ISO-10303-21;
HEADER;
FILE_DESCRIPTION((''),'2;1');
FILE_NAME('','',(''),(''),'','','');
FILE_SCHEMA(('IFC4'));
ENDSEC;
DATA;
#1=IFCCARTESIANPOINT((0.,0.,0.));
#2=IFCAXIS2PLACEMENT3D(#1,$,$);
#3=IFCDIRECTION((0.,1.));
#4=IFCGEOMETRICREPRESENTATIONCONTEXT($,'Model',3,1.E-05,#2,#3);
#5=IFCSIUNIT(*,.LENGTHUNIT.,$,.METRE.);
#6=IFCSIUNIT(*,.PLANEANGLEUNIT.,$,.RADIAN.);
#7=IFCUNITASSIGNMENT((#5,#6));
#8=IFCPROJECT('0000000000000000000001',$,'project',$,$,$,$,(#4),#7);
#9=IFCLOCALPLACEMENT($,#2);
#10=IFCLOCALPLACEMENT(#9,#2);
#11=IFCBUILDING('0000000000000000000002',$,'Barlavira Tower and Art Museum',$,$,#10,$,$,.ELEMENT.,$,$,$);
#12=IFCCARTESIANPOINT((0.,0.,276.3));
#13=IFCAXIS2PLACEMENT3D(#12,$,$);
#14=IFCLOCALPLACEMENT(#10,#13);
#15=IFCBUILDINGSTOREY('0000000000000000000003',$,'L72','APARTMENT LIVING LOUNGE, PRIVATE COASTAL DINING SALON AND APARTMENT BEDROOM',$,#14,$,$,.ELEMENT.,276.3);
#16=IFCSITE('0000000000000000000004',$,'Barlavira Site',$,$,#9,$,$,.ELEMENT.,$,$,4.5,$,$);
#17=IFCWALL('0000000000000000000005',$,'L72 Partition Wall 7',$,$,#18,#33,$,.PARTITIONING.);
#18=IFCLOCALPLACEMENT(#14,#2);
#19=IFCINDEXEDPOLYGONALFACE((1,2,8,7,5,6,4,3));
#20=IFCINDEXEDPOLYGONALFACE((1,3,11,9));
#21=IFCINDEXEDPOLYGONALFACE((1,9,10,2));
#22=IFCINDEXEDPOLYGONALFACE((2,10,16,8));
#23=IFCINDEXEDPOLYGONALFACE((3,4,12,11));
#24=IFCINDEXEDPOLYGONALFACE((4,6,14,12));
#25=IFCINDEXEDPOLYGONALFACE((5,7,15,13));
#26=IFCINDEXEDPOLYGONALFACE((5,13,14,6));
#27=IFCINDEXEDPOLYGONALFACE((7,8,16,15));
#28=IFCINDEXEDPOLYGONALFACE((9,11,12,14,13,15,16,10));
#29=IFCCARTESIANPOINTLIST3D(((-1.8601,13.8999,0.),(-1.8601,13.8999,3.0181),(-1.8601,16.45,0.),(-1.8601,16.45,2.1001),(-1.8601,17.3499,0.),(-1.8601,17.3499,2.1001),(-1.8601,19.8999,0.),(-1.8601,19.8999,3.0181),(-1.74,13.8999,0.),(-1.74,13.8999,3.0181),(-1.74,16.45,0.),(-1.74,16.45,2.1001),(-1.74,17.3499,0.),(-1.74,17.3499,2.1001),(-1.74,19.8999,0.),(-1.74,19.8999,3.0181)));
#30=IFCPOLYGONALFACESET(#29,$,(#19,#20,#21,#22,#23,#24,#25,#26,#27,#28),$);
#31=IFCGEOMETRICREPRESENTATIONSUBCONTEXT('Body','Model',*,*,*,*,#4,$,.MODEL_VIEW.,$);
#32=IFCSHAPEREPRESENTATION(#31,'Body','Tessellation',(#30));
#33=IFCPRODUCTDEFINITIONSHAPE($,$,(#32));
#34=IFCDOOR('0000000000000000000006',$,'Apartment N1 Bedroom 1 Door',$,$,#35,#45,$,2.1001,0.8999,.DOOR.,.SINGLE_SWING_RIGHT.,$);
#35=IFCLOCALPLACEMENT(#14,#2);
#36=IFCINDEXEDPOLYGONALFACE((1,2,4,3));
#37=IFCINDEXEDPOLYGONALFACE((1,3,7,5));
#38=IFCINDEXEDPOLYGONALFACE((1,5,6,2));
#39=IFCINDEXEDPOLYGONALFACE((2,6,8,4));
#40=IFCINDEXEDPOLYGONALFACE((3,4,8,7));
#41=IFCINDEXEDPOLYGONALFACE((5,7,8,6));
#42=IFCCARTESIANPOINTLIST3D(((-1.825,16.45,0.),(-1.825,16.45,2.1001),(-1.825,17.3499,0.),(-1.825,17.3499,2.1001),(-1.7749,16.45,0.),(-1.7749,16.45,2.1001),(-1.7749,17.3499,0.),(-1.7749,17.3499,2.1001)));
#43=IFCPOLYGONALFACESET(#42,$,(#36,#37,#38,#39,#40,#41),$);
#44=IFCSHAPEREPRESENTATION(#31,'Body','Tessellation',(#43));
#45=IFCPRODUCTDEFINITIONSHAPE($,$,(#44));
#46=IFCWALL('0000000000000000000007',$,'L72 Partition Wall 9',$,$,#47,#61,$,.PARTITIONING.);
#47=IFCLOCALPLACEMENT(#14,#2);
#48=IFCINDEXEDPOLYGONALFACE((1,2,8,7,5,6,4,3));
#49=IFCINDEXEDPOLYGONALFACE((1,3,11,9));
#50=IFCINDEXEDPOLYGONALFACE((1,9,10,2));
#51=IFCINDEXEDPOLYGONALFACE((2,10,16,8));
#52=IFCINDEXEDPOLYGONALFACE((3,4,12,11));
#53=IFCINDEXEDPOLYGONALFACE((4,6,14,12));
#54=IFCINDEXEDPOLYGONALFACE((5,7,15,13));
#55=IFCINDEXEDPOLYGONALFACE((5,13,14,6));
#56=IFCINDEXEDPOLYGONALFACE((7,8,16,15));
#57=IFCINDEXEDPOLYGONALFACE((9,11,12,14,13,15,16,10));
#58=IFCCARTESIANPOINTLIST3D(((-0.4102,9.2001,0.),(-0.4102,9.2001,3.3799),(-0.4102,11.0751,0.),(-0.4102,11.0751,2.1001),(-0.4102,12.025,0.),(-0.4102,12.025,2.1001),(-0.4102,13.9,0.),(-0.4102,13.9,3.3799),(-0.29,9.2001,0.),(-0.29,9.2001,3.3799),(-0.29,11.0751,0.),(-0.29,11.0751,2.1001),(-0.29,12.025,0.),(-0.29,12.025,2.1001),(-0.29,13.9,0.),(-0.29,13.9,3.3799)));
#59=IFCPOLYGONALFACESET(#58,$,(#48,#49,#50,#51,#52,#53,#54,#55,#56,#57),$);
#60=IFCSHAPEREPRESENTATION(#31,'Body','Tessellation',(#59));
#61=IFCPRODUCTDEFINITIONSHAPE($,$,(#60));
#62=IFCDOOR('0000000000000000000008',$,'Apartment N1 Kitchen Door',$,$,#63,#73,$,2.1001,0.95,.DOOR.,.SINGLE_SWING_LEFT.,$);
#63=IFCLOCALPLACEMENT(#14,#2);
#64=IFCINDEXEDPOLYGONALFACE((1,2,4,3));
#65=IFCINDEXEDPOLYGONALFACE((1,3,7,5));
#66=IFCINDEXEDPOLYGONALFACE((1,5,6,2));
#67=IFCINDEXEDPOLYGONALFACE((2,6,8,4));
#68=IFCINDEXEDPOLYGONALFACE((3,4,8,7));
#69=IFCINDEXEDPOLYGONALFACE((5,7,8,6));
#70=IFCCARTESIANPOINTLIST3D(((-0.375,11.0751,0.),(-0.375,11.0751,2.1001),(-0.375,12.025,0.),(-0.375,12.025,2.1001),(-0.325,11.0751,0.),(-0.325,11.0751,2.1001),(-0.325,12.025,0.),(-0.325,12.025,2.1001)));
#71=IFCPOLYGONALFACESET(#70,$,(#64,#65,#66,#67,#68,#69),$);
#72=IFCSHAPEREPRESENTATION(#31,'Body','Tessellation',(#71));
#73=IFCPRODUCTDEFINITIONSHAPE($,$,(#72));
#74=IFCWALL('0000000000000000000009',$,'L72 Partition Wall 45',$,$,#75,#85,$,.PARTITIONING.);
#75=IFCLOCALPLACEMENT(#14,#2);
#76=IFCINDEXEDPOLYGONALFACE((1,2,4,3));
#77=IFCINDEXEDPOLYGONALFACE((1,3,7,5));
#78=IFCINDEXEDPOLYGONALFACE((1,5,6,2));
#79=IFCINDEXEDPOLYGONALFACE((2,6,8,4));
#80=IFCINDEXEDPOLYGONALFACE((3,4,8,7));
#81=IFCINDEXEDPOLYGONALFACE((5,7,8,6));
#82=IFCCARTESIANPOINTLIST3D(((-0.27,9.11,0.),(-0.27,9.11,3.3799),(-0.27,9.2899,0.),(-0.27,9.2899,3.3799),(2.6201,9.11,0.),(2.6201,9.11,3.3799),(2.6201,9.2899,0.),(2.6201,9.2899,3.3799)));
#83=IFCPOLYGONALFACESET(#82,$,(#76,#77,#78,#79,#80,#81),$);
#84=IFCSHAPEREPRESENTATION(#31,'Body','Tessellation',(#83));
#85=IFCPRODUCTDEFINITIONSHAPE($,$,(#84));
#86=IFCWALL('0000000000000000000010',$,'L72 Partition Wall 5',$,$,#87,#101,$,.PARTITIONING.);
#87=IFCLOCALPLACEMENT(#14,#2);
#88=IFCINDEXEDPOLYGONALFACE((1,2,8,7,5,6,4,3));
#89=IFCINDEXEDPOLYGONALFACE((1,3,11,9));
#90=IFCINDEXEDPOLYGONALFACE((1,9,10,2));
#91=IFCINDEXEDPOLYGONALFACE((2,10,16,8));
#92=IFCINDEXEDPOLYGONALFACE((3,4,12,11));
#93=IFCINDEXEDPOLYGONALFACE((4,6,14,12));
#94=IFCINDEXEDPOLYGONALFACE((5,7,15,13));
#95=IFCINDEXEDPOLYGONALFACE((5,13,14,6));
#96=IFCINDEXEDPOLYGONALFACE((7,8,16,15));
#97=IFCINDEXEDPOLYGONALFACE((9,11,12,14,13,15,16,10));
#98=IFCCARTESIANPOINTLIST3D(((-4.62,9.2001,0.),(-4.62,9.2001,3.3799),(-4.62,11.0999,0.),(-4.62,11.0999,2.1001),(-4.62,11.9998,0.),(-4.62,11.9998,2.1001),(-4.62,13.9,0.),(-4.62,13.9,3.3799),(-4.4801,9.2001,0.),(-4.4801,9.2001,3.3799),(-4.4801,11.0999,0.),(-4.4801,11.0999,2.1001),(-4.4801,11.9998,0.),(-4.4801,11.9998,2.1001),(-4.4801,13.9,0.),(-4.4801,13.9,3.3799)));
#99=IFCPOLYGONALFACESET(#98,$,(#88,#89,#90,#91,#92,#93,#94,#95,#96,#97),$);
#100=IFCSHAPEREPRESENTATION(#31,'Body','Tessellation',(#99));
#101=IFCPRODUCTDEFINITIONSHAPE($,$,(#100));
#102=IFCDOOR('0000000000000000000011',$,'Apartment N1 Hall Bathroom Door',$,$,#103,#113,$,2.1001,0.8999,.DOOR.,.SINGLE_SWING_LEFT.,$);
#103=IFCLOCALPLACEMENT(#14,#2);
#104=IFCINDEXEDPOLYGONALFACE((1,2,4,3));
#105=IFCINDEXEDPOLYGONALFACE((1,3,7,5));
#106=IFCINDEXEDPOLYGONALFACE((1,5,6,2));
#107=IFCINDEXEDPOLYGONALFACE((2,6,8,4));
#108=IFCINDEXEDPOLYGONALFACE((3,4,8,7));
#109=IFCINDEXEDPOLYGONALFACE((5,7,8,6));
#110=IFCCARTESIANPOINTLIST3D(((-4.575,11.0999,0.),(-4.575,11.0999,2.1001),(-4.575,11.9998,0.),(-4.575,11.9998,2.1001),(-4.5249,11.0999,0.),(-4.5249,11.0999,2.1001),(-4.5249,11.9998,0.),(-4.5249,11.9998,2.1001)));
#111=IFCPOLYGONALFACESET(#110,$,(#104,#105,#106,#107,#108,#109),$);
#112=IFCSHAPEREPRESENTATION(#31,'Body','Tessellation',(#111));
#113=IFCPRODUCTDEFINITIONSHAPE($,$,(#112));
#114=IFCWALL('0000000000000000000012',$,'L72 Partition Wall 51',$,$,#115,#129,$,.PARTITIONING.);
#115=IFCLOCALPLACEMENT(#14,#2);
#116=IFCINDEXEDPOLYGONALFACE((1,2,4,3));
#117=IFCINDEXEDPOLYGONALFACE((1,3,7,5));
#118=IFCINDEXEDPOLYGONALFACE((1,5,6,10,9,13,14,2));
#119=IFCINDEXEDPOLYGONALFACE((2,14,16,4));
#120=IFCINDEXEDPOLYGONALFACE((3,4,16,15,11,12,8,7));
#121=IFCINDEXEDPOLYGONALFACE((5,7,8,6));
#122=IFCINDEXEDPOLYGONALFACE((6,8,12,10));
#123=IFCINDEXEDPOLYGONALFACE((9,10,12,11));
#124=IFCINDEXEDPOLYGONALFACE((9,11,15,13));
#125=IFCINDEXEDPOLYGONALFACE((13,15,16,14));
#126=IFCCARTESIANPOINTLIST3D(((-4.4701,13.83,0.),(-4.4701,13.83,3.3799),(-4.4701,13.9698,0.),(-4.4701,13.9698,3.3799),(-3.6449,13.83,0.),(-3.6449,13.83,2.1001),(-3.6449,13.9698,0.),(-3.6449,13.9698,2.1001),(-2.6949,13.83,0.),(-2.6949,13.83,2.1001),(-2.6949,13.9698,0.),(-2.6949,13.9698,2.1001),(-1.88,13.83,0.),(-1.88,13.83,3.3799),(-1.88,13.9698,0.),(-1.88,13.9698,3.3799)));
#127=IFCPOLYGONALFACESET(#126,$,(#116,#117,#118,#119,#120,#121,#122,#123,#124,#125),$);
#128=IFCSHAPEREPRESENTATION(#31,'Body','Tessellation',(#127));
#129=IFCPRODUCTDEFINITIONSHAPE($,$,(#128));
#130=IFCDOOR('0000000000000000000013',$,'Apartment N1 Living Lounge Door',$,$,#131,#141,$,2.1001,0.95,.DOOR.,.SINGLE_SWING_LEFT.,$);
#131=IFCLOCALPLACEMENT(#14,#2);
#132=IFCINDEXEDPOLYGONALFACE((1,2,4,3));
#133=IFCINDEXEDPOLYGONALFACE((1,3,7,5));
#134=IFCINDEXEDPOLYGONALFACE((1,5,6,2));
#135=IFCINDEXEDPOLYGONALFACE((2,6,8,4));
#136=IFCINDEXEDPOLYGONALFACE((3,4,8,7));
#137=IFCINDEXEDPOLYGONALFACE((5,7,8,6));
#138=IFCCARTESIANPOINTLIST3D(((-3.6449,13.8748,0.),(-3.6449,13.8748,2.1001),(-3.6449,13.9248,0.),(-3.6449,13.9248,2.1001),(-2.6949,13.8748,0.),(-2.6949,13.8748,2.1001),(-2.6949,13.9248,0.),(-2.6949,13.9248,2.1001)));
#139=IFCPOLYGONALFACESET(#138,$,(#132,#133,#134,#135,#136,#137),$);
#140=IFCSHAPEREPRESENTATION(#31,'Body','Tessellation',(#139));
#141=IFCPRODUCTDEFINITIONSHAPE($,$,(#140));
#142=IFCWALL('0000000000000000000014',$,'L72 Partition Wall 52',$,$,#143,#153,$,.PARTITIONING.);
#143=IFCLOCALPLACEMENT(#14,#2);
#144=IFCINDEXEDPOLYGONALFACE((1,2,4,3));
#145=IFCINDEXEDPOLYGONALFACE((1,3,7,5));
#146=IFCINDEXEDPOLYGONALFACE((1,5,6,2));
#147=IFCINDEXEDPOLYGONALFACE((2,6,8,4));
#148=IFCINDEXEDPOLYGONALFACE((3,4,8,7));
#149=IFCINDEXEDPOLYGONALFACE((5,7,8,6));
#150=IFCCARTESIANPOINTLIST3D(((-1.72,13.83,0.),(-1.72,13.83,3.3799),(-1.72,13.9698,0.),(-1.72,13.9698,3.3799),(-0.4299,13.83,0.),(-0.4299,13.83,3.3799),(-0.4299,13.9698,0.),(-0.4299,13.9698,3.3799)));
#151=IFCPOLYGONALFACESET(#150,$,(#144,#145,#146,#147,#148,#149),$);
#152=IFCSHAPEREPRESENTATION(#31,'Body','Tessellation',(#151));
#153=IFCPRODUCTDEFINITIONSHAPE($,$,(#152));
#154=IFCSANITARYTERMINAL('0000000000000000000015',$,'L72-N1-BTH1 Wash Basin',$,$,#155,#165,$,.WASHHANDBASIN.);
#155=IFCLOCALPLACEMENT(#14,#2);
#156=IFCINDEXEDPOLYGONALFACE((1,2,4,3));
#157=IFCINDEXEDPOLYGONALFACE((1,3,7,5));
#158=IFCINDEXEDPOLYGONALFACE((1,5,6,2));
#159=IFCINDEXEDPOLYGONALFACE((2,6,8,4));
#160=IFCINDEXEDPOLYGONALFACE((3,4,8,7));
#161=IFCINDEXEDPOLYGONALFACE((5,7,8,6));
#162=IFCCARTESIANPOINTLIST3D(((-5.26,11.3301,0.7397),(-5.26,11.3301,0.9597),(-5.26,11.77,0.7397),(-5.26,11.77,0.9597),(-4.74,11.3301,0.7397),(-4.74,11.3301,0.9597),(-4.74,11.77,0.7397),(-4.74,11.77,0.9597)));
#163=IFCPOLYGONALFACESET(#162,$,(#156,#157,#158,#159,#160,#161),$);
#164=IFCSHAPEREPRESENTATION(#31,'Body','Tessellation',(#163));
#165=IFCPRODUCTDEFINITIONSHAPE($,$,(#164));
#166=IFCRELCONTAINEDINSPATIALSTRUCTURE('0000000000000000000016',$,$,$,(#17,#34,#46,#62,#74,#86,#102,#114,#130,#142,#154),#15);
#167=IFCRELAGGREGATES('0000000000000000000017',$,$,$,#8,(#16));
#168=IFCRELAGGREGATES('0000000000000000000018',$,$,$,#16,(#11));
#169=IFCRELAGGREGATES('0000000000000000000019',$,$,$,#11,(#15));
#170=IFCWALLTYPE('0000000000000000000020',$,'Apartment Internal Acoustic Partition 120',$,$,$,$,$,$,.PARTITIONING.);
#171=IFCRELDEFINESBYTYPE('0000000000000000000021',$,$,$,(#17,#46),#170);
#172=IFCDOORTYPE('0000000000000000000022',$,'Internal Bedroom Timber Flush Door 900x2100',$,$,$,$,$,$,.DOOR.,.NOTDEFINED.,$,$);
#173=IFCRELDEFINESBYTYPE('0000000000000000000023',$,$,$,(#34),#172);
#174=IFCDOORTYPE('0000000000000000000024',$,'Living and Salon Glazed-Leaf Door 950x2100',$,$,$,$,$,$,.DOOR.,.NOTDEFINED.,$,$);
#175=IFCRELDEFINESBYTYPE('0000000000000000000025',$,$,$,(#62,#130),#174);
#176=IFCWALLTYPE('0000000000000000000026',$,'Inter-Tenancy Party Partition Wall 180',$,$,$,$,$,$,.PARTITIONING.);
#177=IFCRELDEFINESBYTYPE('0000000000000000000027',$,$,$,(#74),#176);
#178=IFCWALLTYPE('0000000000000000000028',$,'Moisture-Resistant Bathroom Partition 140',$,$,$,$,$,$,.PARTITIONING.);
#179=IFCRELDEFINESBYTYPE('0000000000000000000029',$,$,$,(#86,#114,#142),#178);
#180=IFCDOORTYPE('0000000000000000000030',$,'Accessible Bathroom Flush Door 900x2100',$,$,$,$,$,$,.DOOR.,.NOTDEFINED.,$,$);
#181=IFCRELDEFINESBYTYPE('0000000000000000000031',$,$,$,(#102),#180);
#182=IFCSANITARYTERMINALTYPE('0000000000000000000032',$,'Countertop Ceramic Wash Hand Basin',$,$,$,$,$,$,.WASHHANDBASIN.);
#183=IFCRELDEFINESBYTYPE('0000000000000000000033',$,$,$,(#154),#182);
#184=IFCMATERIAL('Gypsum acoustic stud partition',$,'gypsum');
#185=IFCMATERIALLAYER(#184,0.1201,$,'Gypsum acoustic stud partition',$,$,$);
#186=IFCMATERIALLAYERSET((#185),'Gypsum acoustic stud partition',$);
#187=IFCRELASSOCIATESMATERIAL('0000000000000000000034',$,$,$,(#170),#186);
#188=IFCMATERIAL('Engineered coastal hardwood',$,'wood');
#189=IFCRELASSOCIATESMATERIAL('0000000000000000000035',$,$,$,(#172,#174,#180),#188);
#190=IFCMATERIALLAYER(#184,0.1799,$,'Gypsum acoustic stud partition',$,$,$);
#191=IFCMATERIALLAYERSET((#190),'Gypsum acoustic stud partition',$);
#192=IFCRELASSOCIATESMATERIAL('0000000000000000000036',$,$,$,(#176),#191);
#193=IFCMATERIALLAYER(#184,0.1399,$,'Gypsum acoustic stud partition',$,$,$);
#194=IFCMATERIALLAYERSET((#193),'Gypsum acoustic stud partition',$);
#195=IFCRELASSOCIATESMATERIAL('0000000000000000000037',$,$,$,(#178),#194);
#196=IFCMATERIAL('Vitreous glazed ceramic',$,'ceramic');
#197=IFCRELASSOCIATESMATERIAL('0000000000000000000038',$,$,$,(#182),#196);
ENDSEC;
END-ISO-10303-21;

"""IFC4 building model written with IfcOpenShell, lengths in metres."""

from ifc_helpers import new_model, si_unit, direction, frame, frame_2d, origin, origin_2d, place, context, subcontext, project, spatial, rectangle, extrude, material, layer, layer_set, type_object, element, fill, save


model = new_model("IFC4")

# Units and contexts
model_context = context("Model", 3, precision=1e-05, world=origin(), true_north=direction((0.0, 1.0)))
body_context = subcontext(model_context, "Body", "Model", "MODEL_VIEW")
ifc_project = project(units=[si_unit("LENGTHUNIT", "METRE"), si_unit("PLANEANGLEUNIT", "RADIAN")], contexts=[model_context])

# Site, building, storey
site_placement = place(None, origin())
site = spatial("IfcSite", under=ifc_project, at=site_placement, Name="Barlavira Site", CompositionType="ELEMENT", RefElevation=4.5)
building_placement = place(site_placement, origin())
building = spatial("IfcBuilding", under=site, at=building_placement, Name="Barlavira Tower and Art Museum", CompositionType="ELEMENT")
storey_placement = place(building_placement, frame((0.0, 0.0, 276.3)))
storey = spatial("IfcBuildingStorey", under=building, at=storey_placement, Name="L72", Description="APARTMENT LIVING LOUNGE, PRIVATE COASTAL DINING SALON AND APARTMENT BEDROOM", CompositionType="ELEMENT", Elevation=276.3)

# Walls, openings, doors
ifc_material_1 = material(Name="Gypsum acoustic stud partition", Category="gypsum")
ifc_layer_1 = layer(ifc_material_1, 0.1201, Name="Gypsum acoustic stud partition")
ifc_layer_set_1 = layer_set([ifc_layer_1], Name="Gypsum acoustic stud partition")
wall_type_1 = type_object("IfcWallType", Name="Apartment Internal Acoustic Partition 120", PredefinedType="PARTITIONING", material=ifc_layer_set_1)
wall_1_placement = place(storey_placement, frame((-1.8, 13.8999, 0.0), z_axis=(0.0, 0.0, 1.0), x_axis=(0.0, 1.0, 0.0)))
wall_1 = element("IfcWall", 1, at=wall_1_placement, inside=storey, type_object=wall_type_1, Name="L72 Partition Wall 7", PredefinedType="PARTITIONING", context=body_context, shape_type="SweptSolid", body=[
    extrude(rectangle(XDim=6.0, YDim=0.1201, at=frame_2d((3.0, 0.0))), origin(), (0.0, 0.0, 1.0), 3.0181),
])
opening_1_placement = place(wall_1_placement, frame((2.55, 0.0, 0.0)))
opening_1 = element("IfcOpeningElement", 2, at=opening_1_placement, cuts=wall_1, PredefinedType="OPENING", context=body_context, shape_type="SweptSolid", body=[
    extrude(rectangle(XDim=0.8999, YDim=2.1001, at=frame_2d((0.45, 1.05))), frame((0.0, 0.0701, 0.0), z_axis=(0.0, -1.0, 0.0), x_axis=(1.0, 0.0, 0.0)), (0.0, 0.0, 1.0), 0.1401),
])
ifc_material_2 = material(Name="Engineered coastal hardwood", Category="wood")
door_type_1 = type_object("IfcDoorType", Name="Internal Bedroom Timber Flush Door 900x2100", OperationType="NOTDEFINED", PredefinedType="DOOR", material=ifc_material_2)
door_1_placement = place(opening_1_placement, origin())
door_1 = element("IfcDoor", 3, at=door_1_placement, inside=storey, type_object=door_type_1, Name="Apartment N1 Bedroom 1 Door", OperationType="SINGLE_SWING_RIGHT", OverallHeight=2.1001, OverallWidth=0.8999, PredefinedType="DOOR", context=body_context, shape_type="SweptSolid", body=[
    extrude(rectangle(XDim=0.8999, YDim=2.1001, at=frame_2d((0.45, 1.05))), frame((0.0, 0.0249, 0.0), z_axis=(0.0, -1.0, 0.0), x_axis=(1.0, 0.0, 0.0)), (0.0, 0.0, 1.0), 0.05),
])
fill(opening_1, door_1)
wall_2_placement = place(storey_placement, frame((-0.3501, 9.2, 0.0), z_axis=(0.0, 0.0, 1.0), x_axis=(0.0, 1.0, 0.0)))
wall_2 = element("IfcWall", 4, at=wall_2_placement, inside=storey, type_object=wall_type_1, Name="L72 Partition Wall 9", PredefinedType="PARTITIONING", context=body_context, shape_type="SweptSolid", body=[
    extrude(rectangle(XDim=4.7, YDim=0.1201, at=frame_2d((2.3501, 0.0))), origin(), (0.0, 0.0, 1.0), 3.3799),
])
opening_2_placement = place(wall_2_placement, frame((1.875, 0.0, 0.0)))
opening_2 = element("IfcOpeningElement", 5, at=opening_2_placement, cuts=wall_2, PredefinedType="OPENING", context=body_context, shape_type="SweptSolid", body=[
    extrude(rectangle(XDim=0.95, YDim=2.1001, at=frame_2d((0.4751, 1.05))), frame((0.0, 0.0701, 0.0), z_axis=(0.0, -1.0, 0.0), x_axis=(1.0, 0.0, 0.0)), (0.0, 0.0, 1.0), 0.1401),
])
door_type_2 = type_object("IfcDoorType", Name="Living and Salon Glazed-Leaf Door 950x2100", OperationType="NOTDEFINED", PredefinedType="DOOR", material=ifc_material_2)
door_2_placement = place(opening_2_placement, origin())
door_2 = element("IfcDoor", 6, at=door_2_placement, inside=storey, type_object=door_type_2, Name="Apartment N1 Kitchen Door", OperationType="SINGLE_SWING_LEFT", OverallHeight=2.1001, OverallWidth=0.95, PredefinedType="DOOR", context=body_context, shape_type="SweptSolid", body=[
    extrude(rectangle(XDim=0.95, YDim=2.1001, at=frame_2d((0.4751, 1.05))), frame((0.0, 0.0249, 0.0), z_axis=(0.0, -1.0, 0.0), x_axis=(1.0, 0.0, 0.0)), (0.0, 0.0, 1.0), 0.05),
])
fill(opening_2, door_2)
ifc_layer_2 = layer(ifc_material_1, 0.1799, Name="Gypsum acoustic stud partition")
ifc_layer_set_2 = layer_set([ifc_layer_2], Name="Gypsum acoustic stud partition")
wall_type_2 = type_object("IfcWallType", Name="Inter-Tenancy Party Partition Wall 180", PredefinedType="PARTITIONING", material=ifc_layer_set_2)

# Wall
wall_3_placement = place(storey_placement, frame((-0.27, 9.2, 0.0), z_axis=(0.0, 0.0, 1.0), x_axis=(1.0, 0.0, 0.0)))
element("IfcWall", 7, at=wall_3_placement, inside=storey, type_object=wall_type_2, Name="L72 Partition Wall 45", PredefinedType="PARTITIONING", context=body_context, shape_type="SweptSolid", body=[
    extrude(rectangle(XDim=2.8901, YDim=0.1799, at=frame_2d((1.4451, 0.0))), origin(), (0.0, 0.0, 1.0), 3.3799),
])

# Walls, openings, doors
ifc_layer_3 = layer(ifc_material_1, 0.1399, Name="Gypsum acoustic stud partition")
ifc_layer_set_3 = layer_set([ifc_layer_3], Name="Gypsum acoustic stud partition")
wall_type_3 = type_object("IfcWallType", Name="Moisture-Resistant Bathroom Partition 140", PredefinedType="PARTITIONING", material=ifc_layer_set_3)
wall_4_placement = place(storey_placement, frame((-4.55, 9.2, 0.0), z_axis=(0.0, 0.0, 1.0), x_axis=(0.0, 1.0, 0.0)))
wall_4 = element("IfcWall", 8, at=wall_4_placement, inside=storey, type_object=wall_type_3, Name="L72 Partition Wall 5", PredefinedType="PARTITIONING", context=body_context, shape_type="SweptSolid", body=[
    extrude(rectangle(XDim=4.7, YDim=0.1399, at=frame_2d((2.3501, 0.0))), origin(), (0.0, 0.0, 1.0), 3.3799),
])
opening_3_placement = place(wall_4_placement, frame((1.8999, 0.0, 0.0)))
opening_3 = element("IfcOpeningElement", 9, at=opening_3_placement, cuts=wall_4, PredefinedType="OPENING", context=body_context, shape_type="SweptSolid", body=[
    extrude(rectangle(XDim=0.8999, YDim=2.1001, at=frame_2d((0.45, 1.05))), frame((0.0, 0.0801, 0.0), z_axis=(0.0, -1.0, 0.0), x_axis=(1.0, 0.0, 0.0)), (0.0, 0.0, 1.0), 0.1599),
])
door_type_3 = type_object("IfcDoorType", Name="Accessible Bathroom Flush Door 900x2100", OperationType="NOTDEFINED", PredefinedType="DOOR", material=ifc_material_2)
door_3_placement = place(opening_3_placement, origin())
door_3 = element("IfcDoor", 10, at=door_3_placement, inside=storey, type_object=door_type_3, Name="Apartment N1 Hall Bathroom Door", OperationType="SINGLE_SWING_LEFT", OverallHeight=2.1001, OverallWidth=0.8999, PredefinedType="DOOR", context=body_context, shape_type="SweptSolid", body=[
    extrude(rectangle(XDim=0.8999, YDim=2.1001, at=frame_2d((0.45, 1.05))), frame((0.0, 0.0249, 0.0), z_axis=(0.0, -1.0, 0.0), x_axis=(1.0, 0.0, 0.0)), (0.0, 0.0, 1.0), 0.05),
])
fill(opening_3, door_3)
wall_5_placement = place(storey_placement, frame((-4.47, 13.8999, 0.0), z_axis=(0.0, 0.0, 1.0), x_axis=(1.0, 0.0, 0.0)))
wall_5 = element("IfcWall", 11, at=wall_5_placement, inside=storey, type_object=wall_type_3, Name="L72 Partition Wall 51", PredefinedType="PARTITIONING", context=body_context, shape_type="SweptSolid", body=[
    extrude(rectangle(XDim=2.5901, YDim=0.1399, at=frame_2d((1.2949, 0.0))), origin(), (0.0, 0.0, 1.0), 3.3799),
])
opening_4_placement = place(wall_5_placement, frame((0.825, 0.0, 0.0)))
opening_4 = element("IfcOpeningElement", 12, at=opening_4_placement, cuts=wall_5, PredefinedType="OPENING", context=body_context, shape_type="SweptSolid", body=[
    extrude(rectangle(XDim=0.95, YDim=2.1001, at=frame_2d((0.4751, 1.05))), frame((0.0, 0.0801, 0.0), z_axis=(0.0, -1.0, 0.0), x_axis=(1.0, 0.0, 0.0)), (0.0, 0.0, 1.0), 0.1599),
])
door_4_placement = place(opening_4_placement, origin())
door_4 = element("IfcDoor", 13, at=door_4_placement, inside=storey, type_object=door_type_2, Name="Apartment N1 Living Lounge Door", OperationType="SINGLE_SWING_LEFT", OverallHeight=2.1001, OverallWidth=0.95, PredefinedType="DOOR", context=body_context, shape_type="SweptSolid", body=[
    extrude(rectangle(XDim=0.95, YDim=2.1001, at=frame_2d((0.4751, 1.05))), frame((0.0, 0.0249, 0.0), z_axis=(0.0, -1.0, 0.0), x_axis=(1.0, 0.0, 0.0)), (0.0, 0.0, 1.0), 0.05),
])
fill(opening_4, door_4)

# Wall
wall_6_placement = place(storey_placement, frame((-1.72, 13.8999, 0.0), z_axis=(0.0, 0.0, 1.0), x_axis=(1.0, 0.0, 0.0)))
element("IfcWall", 14, at=wall_6_placement, inside=storey, type_object=wall_type_3, Name="L72 Partition Wall 52", PredefinedType="PARTITIONING", context=body_context, shape_type="SweptSolid", body=[
    extrude(rectangle(XDim=1.29, YDim=0.1399, at=frame_2d((0.645, 0.0))), origin(), (0.0, 0.0, 1.0), 3.3799),
])

# Sanitary terminal
ifc_material_3 = material(Name="Vitreous glazed ceramic", Category="ceramic")
sanitary_terminal_type_1 = type_object("IfcSanitaryTerminalType", Name="Countertop Ceramic Wash Hand Basin", PredefinedType="WASHHANDBASIN", material=ifc_material_3)
sanitary_terminal_1_placement = place(storey_placement, frame((-5.0, 11.55, 0.7397), z_axis=(0.0, 0.0, 1.0), x_axis=(1.0, 0.0, 0.0)))
element("IfcSanitaryTerminal", 15, at=sanitary_terminal_1_placement, inside=storey, type_object=sanitary_terminal_type_1, Name="L72-N1-BTH1 Wash Basin", PredefinedType="WASHHANDBASIN", context=body_context, shape_type="SweptSolid", body=[
    extrude(rectangle(XDim=0.52, YDim=0.4399, at=origin_2d()), origin(), (0.0, 0.0, 1.0), 0.22),
])

save(model, "model.ifc")
